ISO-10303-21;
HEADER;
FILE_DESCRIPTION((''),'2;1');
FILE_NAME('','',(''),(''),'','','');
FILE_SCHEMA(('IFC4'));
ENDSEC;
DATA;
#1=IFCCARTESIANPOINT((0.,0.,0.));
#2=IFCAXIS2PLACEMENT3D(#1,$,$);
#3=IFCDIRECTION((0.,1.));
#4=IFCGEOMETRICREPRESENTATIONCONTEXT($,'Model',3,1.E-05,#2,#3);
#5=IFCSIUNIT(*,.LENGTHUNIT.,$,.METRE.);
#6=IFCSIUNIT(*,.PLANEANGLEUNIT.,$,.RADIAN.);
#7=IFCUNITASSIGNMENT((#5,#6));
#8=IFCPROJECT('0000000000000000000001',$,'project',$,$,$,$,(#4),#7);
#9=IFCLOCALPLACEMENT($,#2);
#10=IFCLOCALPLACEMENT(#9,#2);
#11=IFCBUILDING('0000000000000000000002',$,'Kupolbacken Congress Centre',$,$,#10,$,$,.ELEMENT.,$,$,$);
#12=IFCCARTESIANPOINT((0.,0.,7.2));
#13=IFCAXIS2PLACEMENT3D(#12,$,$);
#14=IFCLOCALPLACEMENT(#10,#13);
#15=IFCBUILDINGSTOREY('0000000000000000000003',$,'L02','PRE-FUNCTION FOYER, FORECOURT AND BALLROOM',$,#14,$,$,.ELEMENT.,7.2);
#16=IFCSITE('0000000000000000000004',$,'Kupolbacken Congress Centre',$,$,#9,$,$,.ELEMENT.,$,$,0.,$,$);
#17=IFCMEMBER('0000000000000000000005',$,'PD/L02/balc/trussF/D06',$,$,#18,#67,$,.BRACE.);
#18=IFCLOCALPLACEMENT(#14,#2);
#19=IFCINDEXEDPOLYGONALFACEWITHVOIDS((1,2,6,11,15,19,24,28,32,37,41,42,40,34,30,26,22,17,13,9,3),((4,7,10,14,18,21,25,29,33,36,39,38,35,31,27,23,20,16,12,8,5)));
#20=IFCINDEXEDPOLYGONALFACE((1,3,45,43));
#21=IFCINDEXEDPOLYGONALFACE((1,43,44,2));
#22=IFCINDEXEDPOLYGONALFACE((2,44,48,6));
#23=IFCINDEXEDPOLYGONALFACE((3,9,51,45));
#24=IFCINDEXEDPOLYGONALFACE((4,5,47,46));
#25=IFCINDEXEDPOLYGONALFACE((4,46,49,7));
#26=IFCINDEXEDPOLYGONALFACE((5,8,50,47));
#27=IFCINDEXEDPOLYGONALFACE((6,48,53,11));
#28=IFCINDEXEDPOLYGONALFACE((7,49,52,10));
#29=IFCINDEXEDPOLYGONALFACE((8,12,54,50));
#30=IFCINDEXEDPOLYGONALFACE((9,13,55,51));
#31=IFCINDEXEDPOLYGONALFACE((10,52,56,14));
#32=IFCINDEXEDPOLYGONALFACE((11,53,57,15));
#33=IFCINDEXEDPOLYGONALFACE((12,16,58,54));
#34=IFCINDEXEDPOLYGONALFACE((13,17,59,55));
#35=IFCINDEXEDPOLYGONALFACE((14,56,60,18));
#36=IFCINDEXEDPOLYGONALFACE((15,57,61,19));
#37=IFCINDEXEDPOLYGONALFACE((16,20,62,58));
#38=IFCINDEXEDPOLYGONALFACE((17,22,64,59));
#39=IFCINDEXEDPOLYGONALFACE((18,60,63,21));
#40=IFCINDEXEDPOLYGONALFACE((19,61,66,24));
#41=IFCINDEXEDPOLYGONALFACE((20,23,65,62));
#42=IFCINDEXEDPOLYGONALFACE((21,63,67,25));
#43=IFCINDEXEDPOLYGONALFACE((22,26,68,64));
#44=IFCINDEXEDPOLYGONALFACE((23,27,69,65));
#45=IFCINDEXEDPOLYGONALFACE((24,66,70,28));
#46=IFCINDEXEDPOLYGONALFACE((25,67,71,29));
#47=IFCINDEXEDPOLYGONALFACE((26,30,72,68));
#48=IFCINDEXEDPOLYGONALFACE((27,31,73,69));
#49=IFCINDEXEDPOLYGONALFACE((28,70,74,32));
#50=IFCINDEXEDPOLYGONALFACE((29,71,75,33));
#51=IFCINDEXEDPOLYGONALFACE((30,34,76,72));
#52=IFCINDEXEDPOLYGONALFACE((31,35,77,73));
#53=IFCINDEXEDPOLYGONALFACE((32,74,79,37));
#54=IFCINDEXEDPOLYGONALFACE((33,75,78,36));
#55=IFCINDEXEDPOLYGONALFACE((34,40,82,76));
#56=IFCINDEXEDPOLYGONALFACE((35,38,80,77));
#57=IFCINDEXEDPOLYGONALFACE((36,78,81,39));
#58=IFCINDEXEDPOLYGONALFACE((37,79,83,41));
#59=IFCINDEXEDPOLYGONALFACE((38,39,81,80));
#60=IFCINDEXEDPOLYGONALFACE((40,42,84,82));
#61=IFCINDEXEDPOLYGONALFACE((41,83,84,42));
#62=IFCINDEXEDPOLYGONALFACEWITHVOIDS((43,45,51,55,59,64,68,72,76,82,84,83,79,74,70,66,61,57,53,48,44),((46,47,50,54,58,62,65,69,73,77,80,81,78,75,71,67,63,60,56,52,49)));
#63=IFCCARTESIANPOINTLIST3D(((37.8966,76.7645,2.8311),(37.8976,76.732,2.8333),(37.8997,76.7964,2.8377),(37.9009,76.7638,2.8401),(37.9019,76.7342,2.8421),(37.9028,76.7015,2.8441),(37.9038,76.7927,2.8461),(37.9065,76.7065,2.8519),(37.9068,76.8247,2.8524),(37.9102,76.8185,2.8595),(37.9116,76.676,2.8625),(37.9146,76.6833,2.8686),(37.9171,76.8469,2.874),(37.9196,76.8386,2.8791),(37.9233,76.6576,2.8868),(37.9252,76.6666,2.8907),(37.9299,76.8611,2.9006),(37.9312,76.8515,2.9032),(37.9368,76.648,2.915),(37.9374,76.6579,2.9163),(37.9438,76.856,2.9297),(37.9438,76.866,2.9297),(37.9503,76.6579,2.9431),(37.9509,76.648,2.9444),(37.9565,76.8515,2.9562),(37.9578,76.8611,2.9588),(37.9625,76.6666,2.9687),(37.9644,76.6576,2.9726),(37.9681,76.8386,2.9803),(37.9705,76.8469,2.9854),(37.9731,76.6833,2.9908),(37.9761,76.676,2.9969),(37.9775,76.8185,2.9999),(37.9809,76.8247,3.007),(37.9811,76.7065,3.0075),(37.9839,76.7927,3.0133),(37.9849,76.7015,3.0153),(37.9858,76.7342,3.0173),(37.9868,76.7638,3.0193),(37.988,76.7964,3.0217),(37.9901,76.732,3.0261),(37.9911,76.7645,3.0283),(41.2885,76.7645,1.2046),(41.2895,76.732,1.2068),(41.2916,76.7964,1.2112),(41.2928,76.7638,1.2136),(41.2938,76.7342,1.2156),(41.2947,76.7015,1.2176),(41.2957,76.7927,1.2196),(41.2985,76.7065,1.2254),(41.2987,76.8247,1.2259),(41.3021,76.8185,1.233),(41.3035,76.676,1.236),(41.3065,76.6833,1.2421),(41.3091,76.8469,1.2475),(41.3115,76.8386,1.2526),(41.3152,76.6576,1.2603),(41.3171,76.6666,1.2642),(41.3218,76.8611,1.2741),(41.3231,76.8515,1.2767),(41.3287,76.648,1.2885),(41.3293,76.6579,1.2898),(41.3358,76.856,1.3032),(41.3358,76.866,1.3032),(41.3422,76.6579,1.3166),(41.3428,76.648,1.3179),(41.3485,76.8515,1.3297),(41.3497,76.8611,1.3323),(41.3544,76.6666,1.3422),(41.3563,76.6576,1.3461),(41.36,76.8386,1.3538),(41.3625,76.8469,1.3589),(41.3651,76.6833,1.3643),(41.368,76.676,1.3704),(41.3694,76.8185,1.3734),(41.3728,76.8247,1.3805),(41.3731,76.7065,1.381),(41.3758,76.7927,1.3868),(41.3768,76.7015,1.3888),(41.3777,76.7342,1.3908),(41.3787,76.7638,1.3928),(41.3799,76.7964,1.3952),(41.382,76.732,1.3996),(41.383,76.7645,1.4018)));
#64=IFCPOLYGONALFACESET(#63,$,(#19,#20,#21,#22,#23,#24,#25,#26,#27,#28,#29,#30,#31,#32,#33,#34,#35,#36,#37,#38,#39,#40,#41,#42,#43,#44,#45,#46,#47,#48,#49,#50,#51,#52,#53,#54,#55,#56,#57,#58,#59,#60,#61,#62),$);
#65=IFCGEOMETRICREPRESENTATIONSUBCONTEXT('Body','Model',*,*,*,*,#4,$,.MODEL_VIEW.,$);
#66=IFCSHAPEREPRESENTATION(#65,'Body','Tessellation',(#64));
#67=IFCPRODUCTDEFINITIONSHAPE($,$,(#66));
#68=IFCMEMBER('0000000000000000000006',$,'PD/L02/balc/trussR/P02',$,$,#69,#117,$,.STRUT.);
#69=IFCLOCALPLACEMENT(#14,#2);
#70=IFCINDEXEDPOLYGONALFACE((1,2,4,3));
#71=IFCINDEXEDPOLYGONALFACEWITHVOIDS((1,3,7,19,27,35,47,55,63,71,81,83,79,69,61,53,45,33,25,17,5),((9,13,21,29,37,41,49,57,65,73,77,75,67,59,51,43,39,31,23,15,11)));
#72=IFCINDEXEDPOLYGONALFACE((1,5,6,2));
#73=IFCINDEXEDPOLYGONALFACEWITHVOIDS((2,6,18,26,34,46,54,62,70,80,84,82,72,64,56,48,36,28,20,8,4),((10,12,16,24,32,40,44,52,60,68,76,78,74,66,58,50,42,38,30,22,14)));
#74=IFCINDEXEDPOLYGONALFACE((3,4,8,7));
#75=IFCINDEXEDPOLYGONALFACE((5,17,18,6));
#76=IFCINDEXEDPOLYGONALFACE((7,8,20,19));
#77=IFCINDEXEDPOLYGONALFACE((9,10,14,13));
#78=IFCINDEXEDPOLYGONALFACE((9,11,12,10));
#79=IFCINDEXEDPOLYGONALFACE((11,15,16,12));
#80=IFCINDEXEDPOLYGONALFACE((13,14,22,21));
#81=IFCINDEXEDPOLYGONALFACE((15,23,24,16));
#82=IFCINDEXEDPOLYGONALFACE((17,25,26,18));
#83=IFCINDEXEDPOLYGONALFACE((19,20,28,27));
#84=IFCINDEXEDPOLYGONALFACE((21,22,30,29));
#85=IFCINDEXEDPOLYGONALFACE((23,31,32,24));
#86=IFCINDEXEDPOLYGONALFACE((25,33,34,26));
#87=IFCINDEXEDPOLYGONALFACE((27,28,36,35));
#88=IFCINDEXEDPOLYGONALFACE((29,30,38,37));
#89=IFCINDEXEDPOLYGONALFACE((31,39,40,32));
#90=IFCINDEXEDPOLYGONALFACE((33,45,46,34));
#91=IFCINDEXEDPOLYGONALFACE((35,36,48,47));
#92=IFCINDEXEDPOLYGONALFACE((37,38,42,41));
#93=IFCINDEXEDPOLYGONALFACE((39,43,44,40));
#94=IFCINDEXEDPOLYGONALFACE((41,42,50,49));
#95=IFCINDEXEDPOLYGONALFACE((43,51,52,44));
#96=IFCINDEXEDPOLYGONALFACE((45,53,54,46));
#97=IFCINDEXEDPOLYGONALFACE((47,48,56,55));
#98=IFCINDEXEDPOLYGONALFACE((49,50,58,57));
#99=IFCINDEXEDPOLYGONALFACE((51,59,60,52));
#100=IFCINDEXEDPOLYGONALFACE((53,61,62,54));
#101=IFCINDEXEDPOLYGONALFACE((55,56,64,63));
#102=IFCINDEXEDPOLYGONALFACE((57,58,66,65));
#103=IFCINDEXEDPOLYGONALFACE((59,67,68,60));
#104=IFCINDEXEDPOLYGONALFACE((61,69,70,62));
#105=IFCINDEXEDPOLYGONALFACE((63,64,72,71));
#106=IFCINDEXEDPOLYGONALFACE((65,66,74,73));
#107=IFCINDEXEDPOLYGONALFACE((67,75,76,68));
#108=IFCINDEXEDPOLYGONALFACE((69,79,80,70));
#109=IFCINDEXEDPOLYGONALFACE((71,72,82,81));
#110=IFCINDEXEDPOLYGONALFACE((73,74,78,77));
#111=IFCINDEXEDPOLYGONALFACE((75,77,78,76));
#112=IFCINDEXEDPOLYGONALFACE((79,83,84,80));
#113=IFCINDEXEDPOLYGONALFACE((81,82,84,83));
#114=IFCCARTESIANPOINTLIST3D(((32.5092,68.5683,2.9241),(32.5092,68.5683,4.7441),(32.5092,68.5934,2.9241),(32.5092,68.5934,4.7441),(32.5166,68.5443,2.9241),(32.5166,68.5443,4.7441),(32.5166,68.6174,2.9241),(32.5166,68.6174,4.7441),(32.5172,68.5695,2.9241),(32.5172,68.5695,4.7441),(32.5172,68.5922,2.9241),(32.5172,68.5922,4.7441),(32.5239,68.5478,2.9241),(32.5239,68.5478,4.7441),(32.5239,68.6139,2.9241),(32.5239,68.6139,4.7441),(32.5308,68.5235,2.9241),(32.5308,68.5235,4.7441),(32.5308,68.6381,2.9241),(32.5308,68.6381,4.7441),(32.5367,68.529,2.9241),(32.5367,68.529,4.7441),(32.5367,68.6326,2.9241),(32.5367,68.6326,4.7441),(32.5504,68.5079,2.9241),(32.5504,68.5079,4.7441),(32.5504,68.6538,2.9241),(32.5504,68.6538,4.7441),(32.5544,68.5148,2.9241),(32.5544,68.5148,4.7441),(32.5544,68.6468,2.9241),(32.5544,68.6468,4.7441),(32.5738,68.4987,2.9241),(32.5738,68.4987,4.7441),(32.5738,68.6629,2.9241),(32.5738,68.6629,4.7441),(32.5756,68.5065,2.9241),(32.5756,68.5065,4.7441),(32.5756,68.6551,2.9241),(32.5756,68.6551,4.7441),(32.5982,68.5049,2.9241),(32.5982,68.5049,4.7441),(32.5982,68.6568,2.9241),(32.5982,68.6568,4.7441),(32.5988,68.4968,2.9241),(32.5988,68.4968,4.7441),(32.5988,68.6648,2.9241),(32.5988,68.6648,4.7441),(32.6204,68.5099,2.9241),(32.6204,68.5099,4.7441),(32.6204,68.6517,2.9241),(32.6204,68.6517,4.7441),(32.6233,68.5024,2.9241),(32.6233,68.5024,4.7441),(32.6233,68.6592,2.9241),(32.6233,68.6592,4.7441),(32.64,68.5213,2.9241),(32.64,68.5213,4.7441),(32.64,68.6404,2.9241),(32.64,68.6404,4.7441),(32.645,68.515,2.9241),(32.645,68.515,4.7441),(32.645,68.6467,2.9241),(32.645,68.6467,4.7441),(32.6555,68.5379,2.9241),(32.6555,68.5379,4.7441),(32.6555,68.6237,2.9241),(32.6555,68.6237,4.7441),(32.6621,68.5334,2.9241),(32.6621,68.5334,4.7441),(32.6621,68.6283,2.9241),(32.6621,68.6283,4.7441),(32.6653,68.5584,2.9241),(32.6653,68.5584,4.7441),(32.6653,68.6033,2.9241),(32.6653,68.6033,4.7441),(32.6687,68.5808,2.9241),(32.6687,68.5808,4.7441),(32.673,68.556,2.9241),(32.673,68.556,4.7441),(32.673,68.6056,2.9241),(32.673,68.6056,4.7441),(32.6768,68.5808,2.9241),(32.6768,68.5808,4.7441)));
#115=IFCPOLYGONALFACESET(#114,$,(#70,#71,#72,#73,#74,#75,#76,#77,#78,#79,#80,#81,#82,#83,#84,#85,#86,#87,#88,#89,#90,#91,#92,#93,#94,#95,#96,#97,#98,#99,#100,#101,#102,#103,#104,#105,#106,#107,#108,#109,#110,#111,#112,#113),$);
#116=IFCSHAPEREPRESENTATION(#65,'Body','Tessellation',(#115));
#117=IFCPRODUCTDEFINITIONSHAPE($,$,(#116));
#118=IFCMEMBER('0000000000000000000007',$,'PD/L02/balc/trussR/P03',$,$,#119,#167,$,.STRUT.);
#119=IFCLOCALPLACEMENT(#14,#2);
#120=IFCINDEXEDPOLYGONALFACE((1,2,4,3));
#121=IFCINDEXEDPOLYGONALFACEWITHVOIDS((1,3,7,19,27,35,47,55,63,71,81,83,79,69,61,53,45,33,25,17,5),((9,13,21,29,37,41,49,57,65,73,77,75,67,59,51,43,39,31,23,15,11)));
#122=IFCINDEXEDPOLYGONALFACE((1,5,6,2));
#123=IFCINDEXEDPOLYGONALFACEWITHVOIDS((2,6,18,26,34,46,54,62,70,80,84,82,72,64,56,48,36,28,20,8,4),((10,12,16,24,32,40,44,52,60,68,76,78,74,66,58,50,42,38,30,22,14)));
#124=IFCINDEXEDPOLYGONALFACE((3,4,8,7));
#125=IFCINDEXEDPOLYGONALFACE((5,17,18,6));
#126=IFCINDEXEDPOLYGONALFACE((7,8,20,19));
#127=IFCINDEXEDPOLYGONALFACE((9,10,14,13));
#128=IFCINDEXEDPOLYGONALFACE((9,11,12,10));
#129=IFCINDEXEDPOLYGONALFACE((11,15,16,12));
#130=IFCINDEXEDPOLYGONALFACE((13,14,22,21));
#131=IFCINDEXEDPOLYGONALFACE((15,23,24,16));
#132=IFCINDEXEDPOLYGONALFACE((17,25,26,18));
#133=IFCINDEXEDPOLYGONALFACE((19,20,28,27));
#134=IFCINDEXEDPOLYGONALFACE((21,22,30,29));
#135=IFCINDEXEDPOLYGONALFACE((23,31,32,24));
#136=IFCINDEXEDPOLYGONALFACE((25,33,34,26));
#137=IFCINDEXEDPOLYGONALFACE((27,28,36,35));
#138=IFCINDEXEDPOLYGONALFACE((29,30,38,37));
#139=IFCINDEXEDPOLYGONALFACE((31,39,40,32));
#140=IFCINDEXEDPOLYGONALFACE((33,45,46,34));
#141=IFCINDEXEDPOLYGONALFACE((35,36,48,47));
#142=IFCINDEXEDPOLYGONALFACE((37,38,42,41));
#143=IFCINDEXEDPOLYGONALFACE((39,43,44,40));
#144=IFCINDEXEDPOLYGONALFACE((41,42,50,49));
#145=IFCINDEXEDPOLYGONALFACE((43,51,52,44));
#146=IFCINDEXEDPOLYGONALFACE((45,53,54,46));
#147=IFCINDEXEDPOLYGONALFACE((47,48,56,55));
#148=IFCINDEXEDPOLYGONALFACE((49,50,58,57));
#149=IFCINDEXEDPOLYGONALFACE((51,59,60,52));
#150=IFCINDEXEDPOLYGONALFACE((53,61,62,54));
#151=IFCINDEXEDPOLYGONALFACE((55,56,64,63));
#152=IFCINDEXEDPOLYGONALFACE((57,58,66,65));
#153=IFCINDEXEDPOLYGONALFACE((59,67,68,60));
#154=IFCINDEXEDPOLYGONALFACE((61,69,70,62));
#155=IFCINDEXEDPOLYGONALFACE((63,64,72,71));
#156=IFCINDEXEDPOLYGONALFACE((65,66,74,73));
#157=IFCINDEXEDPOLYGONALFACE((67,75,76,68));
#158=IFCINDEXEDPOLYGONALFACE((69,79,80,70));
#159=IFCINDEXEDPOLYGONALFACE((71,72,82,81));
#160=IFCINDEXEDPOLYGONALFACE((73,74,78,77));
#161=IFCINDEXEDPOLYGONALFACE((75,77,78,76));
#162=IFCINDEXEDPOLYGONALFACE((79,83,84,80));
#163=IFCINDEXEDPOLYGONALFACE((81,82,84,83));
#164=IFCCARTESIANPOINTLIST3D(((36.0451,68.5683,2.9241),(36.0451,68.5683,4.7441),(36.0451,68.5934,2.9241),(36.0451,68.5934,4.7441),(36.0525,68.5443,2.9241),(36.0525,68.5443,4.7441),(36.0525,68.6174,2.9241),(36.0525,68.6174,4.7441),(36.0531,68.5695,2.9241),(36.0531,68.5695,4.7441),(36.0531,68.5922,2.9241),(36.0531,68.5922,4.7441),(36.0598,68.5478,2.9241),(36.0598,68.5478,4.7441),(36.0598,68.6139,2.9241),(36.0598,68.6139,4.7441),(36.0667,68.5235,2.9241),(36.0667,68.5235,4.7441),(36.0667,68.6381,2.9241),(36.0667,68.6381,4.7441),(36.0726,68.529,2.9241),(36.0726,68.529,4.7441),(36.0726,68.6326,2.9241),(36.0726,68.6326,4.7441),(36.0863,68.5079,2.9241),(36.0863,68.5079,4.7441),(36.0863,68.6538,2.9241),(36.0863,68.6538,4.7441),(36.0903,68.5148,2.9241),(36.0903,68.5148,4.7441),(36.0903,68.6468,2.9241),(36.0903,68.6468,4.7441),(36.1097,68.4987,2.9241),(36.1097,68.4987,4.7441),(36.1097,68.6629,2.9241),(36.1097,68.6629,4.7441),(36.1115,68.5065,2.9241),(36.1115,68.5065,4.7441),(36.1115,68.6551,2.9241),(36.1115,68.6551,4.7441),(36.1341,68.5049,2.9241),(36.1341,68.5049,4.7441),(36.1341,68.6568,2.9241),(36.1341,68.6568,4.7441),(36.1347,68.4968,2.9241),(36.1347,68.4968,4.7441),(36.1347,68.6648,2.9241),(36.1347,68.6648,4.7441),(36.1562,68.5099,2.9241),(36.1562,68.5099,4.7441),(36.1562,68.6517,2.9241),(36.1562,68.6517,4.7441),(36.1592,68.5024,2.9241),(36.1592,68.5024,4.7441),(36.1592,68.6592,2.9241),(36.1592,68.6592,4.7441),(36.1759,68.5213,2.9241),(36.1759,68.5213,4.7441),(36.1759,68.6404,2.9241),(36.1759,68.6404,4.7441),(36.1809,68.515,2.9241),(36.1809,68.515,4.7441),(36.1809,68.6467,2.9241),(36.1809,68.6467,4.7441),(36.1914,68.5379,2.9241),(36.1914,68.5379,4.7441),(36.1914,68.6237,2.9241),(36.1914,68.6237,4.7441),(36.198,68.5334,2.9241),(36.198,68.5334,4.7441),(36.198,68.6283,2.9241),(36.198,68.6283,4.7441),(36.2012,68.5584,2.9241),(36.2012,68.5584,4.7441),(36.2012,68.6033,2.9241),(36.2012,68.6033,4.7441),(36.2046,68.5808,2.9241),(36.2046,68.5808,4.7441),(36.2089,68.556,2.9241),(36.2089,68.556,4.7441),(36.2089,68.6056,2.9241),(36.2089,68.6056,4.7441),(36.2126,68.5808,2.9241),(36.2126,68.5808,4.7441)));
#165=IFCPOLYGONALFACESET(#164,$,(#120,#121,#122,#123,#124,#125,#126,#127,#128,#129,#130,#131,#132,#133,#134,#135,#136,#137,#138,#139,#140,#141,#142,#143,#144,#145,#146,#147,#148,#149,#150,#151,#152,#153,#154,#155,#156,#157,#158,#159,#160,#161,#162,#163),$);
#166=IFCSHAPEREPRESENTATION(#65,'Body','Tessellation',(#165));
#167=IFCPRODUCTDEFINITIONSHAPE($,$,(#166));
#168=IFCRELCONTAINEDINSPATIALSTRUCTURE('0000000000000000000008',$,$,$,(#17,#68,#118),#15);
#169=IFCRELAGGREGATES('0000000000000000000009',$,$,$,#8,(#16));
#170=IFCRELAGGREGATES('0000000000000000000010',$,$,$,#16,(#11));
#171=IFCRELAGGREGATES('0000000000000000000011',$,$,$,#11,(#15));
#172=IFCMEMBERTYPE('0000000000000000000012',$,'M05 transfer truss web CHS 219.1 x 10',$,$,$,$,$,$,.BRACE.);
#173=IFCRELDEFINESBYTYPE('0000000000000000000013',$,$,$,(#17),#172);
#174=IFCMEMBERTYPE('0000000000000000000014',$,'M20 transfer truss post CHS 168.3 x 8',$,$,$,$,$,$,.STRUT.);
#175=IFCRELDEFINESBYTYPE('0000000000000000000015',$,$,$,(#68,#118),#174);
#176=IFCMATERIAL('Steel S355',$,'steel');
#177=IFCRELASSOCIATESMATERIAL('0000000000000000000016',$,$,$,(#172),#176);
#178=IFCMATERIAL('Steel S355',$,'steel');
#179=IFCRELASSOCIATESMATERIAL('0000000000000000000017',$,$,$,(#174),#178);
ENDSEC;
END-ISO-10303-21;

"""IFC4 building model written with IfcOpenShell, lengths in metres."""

from ifc_helpers import new_model, si_unit, direction, frame, origin, origin_2d, place, context, subcontext, project, spatial, hollow_circle, extrude, material, material_profile, profile_set, type_object, element, save


model = new_model("IFC4")

# Units and contexts
model_context = context("Model", 3, precision=1e-05, world=origin(), true_north=direction((0.0, 1.0)))
body_context = subcontext(model_context, "Body", "Model", "MODEL_VIEW")
ifc_project = project(units=[si_unit("LENGTHUNIT", "METRE"), si_unit("PLANEANGLEUNIT", "RADIAN")], contexts=[model_context])

# Site, building, storey
site_placement = place(None, origin())
site = spatial("IfcSite", under=ifc_project, at=site_placement, Name="Kupolbacken Congress Centre", CompositionType="ELEMENT", RefElevation=0.0)
building_placement = place(site_placement, origin())
building = spatial("IfcBuilding", under=site, at=building_placement, Name="Kupolbacken Congress Centre", CompositionType="ELEMENT")
storey_placement = place(building_placement, frame((0.0, 0.0, 7.2)))
storey = spatial("IfcBuildingStorey", under=building, at=storey_placement, Name="L02", Description="PRE-FUNCTION FOYER, FORECOURT AND BALLROOM", CompositionType="ELEMENT", Elevation=7.2)

# Members
ifc_material_1 = material(Name="Steel S355", Category="steel")
ifc_material_profile_1 = material_profile(ifc_material_1, hollow_circle(Radius=0.1096, WallThickness=0.01, at=origin_2d()), Name="CHS 219.1 x 10")
ifc_profile_set_1 = profile_set([ifc_material_profile_1], Name="Steel S355")
member_type_1 = type_object("IfcMemberType", Name="M05 transfer truss web CHS 219.1 x 10", PredefinedType="BRACE", material=ifc_profile_set_1)
for number, where, z_axis, x_axis, name in (
    (1, (37.9438, 76.7563, 2.9297), (0.901691, 0.0, -0.432381), (0.0, 1.0, 0.0), "PD/L02/balc/trussF/D06"),
):
    element("IfcMember", number, at=place(storey_placement, frame(where, z_axis=z_axis, x_axis=x_axis)), inside=storey, type_object=member_type_1, Name=name, PredefinedType="BRACE", context=body_context, shape_type="SweptSolid", body=[
        extrude(hollow_circle(Radius=0.1096, WallThickness=0.01, at=origin_2d()), origin(), (0.0, 0.0, 1.0), 3.7617),
    ])
ifc_material_2 = material(Name="Steel S355", Category="steel")
ifc_material_profile_2 = material_profile(ifc_material_2, hollow_circle(Radius=0.0842, WallThickness=0.0081, at=origin_2d()), Name="CHS 168.3 x 8")
ifc_profile_set_2 = profile_set([ifc_material_profile_2], Name="Steel S355")
member_type_2 = type_object("IfcMemberType", Name="M20 transfer truss post CHS 168.3 x 8", PredefinedType="STRUT", material=ifc_profile_set_2)
for number, where, z_axis, x_axis, name in (
    (2, (32.5925, 68.5808, 2.9241), (0.0, 0.0, 1.0), (1.0, 0.0, 0.0), "PD/L02/balc/trussR/P02"),
    (3, (36.1284, 68.5808, 2.9241), (0.0, 0.0, 1.0), (1.0, 0.0, 0.0), "PD/L02/balc/trussR/P03"),
):
    element("IfcMember", number, at=place(storey_placement, frame(where, z_axis=z_axis, x_axis=x_axis)), inside=storey, type_object=member_type_2, Name=name, PredefinedType="STRUT", context=body_context, shape_type="SweptSolid", body=[
        extrude(hollow_circle(Radius=0.0842, WallThickness=0.0081, at=origin_2d()), origin(), (0.0, 0.0, 1.0), 1.8201),
    ])

save(model, "model.ifc")
